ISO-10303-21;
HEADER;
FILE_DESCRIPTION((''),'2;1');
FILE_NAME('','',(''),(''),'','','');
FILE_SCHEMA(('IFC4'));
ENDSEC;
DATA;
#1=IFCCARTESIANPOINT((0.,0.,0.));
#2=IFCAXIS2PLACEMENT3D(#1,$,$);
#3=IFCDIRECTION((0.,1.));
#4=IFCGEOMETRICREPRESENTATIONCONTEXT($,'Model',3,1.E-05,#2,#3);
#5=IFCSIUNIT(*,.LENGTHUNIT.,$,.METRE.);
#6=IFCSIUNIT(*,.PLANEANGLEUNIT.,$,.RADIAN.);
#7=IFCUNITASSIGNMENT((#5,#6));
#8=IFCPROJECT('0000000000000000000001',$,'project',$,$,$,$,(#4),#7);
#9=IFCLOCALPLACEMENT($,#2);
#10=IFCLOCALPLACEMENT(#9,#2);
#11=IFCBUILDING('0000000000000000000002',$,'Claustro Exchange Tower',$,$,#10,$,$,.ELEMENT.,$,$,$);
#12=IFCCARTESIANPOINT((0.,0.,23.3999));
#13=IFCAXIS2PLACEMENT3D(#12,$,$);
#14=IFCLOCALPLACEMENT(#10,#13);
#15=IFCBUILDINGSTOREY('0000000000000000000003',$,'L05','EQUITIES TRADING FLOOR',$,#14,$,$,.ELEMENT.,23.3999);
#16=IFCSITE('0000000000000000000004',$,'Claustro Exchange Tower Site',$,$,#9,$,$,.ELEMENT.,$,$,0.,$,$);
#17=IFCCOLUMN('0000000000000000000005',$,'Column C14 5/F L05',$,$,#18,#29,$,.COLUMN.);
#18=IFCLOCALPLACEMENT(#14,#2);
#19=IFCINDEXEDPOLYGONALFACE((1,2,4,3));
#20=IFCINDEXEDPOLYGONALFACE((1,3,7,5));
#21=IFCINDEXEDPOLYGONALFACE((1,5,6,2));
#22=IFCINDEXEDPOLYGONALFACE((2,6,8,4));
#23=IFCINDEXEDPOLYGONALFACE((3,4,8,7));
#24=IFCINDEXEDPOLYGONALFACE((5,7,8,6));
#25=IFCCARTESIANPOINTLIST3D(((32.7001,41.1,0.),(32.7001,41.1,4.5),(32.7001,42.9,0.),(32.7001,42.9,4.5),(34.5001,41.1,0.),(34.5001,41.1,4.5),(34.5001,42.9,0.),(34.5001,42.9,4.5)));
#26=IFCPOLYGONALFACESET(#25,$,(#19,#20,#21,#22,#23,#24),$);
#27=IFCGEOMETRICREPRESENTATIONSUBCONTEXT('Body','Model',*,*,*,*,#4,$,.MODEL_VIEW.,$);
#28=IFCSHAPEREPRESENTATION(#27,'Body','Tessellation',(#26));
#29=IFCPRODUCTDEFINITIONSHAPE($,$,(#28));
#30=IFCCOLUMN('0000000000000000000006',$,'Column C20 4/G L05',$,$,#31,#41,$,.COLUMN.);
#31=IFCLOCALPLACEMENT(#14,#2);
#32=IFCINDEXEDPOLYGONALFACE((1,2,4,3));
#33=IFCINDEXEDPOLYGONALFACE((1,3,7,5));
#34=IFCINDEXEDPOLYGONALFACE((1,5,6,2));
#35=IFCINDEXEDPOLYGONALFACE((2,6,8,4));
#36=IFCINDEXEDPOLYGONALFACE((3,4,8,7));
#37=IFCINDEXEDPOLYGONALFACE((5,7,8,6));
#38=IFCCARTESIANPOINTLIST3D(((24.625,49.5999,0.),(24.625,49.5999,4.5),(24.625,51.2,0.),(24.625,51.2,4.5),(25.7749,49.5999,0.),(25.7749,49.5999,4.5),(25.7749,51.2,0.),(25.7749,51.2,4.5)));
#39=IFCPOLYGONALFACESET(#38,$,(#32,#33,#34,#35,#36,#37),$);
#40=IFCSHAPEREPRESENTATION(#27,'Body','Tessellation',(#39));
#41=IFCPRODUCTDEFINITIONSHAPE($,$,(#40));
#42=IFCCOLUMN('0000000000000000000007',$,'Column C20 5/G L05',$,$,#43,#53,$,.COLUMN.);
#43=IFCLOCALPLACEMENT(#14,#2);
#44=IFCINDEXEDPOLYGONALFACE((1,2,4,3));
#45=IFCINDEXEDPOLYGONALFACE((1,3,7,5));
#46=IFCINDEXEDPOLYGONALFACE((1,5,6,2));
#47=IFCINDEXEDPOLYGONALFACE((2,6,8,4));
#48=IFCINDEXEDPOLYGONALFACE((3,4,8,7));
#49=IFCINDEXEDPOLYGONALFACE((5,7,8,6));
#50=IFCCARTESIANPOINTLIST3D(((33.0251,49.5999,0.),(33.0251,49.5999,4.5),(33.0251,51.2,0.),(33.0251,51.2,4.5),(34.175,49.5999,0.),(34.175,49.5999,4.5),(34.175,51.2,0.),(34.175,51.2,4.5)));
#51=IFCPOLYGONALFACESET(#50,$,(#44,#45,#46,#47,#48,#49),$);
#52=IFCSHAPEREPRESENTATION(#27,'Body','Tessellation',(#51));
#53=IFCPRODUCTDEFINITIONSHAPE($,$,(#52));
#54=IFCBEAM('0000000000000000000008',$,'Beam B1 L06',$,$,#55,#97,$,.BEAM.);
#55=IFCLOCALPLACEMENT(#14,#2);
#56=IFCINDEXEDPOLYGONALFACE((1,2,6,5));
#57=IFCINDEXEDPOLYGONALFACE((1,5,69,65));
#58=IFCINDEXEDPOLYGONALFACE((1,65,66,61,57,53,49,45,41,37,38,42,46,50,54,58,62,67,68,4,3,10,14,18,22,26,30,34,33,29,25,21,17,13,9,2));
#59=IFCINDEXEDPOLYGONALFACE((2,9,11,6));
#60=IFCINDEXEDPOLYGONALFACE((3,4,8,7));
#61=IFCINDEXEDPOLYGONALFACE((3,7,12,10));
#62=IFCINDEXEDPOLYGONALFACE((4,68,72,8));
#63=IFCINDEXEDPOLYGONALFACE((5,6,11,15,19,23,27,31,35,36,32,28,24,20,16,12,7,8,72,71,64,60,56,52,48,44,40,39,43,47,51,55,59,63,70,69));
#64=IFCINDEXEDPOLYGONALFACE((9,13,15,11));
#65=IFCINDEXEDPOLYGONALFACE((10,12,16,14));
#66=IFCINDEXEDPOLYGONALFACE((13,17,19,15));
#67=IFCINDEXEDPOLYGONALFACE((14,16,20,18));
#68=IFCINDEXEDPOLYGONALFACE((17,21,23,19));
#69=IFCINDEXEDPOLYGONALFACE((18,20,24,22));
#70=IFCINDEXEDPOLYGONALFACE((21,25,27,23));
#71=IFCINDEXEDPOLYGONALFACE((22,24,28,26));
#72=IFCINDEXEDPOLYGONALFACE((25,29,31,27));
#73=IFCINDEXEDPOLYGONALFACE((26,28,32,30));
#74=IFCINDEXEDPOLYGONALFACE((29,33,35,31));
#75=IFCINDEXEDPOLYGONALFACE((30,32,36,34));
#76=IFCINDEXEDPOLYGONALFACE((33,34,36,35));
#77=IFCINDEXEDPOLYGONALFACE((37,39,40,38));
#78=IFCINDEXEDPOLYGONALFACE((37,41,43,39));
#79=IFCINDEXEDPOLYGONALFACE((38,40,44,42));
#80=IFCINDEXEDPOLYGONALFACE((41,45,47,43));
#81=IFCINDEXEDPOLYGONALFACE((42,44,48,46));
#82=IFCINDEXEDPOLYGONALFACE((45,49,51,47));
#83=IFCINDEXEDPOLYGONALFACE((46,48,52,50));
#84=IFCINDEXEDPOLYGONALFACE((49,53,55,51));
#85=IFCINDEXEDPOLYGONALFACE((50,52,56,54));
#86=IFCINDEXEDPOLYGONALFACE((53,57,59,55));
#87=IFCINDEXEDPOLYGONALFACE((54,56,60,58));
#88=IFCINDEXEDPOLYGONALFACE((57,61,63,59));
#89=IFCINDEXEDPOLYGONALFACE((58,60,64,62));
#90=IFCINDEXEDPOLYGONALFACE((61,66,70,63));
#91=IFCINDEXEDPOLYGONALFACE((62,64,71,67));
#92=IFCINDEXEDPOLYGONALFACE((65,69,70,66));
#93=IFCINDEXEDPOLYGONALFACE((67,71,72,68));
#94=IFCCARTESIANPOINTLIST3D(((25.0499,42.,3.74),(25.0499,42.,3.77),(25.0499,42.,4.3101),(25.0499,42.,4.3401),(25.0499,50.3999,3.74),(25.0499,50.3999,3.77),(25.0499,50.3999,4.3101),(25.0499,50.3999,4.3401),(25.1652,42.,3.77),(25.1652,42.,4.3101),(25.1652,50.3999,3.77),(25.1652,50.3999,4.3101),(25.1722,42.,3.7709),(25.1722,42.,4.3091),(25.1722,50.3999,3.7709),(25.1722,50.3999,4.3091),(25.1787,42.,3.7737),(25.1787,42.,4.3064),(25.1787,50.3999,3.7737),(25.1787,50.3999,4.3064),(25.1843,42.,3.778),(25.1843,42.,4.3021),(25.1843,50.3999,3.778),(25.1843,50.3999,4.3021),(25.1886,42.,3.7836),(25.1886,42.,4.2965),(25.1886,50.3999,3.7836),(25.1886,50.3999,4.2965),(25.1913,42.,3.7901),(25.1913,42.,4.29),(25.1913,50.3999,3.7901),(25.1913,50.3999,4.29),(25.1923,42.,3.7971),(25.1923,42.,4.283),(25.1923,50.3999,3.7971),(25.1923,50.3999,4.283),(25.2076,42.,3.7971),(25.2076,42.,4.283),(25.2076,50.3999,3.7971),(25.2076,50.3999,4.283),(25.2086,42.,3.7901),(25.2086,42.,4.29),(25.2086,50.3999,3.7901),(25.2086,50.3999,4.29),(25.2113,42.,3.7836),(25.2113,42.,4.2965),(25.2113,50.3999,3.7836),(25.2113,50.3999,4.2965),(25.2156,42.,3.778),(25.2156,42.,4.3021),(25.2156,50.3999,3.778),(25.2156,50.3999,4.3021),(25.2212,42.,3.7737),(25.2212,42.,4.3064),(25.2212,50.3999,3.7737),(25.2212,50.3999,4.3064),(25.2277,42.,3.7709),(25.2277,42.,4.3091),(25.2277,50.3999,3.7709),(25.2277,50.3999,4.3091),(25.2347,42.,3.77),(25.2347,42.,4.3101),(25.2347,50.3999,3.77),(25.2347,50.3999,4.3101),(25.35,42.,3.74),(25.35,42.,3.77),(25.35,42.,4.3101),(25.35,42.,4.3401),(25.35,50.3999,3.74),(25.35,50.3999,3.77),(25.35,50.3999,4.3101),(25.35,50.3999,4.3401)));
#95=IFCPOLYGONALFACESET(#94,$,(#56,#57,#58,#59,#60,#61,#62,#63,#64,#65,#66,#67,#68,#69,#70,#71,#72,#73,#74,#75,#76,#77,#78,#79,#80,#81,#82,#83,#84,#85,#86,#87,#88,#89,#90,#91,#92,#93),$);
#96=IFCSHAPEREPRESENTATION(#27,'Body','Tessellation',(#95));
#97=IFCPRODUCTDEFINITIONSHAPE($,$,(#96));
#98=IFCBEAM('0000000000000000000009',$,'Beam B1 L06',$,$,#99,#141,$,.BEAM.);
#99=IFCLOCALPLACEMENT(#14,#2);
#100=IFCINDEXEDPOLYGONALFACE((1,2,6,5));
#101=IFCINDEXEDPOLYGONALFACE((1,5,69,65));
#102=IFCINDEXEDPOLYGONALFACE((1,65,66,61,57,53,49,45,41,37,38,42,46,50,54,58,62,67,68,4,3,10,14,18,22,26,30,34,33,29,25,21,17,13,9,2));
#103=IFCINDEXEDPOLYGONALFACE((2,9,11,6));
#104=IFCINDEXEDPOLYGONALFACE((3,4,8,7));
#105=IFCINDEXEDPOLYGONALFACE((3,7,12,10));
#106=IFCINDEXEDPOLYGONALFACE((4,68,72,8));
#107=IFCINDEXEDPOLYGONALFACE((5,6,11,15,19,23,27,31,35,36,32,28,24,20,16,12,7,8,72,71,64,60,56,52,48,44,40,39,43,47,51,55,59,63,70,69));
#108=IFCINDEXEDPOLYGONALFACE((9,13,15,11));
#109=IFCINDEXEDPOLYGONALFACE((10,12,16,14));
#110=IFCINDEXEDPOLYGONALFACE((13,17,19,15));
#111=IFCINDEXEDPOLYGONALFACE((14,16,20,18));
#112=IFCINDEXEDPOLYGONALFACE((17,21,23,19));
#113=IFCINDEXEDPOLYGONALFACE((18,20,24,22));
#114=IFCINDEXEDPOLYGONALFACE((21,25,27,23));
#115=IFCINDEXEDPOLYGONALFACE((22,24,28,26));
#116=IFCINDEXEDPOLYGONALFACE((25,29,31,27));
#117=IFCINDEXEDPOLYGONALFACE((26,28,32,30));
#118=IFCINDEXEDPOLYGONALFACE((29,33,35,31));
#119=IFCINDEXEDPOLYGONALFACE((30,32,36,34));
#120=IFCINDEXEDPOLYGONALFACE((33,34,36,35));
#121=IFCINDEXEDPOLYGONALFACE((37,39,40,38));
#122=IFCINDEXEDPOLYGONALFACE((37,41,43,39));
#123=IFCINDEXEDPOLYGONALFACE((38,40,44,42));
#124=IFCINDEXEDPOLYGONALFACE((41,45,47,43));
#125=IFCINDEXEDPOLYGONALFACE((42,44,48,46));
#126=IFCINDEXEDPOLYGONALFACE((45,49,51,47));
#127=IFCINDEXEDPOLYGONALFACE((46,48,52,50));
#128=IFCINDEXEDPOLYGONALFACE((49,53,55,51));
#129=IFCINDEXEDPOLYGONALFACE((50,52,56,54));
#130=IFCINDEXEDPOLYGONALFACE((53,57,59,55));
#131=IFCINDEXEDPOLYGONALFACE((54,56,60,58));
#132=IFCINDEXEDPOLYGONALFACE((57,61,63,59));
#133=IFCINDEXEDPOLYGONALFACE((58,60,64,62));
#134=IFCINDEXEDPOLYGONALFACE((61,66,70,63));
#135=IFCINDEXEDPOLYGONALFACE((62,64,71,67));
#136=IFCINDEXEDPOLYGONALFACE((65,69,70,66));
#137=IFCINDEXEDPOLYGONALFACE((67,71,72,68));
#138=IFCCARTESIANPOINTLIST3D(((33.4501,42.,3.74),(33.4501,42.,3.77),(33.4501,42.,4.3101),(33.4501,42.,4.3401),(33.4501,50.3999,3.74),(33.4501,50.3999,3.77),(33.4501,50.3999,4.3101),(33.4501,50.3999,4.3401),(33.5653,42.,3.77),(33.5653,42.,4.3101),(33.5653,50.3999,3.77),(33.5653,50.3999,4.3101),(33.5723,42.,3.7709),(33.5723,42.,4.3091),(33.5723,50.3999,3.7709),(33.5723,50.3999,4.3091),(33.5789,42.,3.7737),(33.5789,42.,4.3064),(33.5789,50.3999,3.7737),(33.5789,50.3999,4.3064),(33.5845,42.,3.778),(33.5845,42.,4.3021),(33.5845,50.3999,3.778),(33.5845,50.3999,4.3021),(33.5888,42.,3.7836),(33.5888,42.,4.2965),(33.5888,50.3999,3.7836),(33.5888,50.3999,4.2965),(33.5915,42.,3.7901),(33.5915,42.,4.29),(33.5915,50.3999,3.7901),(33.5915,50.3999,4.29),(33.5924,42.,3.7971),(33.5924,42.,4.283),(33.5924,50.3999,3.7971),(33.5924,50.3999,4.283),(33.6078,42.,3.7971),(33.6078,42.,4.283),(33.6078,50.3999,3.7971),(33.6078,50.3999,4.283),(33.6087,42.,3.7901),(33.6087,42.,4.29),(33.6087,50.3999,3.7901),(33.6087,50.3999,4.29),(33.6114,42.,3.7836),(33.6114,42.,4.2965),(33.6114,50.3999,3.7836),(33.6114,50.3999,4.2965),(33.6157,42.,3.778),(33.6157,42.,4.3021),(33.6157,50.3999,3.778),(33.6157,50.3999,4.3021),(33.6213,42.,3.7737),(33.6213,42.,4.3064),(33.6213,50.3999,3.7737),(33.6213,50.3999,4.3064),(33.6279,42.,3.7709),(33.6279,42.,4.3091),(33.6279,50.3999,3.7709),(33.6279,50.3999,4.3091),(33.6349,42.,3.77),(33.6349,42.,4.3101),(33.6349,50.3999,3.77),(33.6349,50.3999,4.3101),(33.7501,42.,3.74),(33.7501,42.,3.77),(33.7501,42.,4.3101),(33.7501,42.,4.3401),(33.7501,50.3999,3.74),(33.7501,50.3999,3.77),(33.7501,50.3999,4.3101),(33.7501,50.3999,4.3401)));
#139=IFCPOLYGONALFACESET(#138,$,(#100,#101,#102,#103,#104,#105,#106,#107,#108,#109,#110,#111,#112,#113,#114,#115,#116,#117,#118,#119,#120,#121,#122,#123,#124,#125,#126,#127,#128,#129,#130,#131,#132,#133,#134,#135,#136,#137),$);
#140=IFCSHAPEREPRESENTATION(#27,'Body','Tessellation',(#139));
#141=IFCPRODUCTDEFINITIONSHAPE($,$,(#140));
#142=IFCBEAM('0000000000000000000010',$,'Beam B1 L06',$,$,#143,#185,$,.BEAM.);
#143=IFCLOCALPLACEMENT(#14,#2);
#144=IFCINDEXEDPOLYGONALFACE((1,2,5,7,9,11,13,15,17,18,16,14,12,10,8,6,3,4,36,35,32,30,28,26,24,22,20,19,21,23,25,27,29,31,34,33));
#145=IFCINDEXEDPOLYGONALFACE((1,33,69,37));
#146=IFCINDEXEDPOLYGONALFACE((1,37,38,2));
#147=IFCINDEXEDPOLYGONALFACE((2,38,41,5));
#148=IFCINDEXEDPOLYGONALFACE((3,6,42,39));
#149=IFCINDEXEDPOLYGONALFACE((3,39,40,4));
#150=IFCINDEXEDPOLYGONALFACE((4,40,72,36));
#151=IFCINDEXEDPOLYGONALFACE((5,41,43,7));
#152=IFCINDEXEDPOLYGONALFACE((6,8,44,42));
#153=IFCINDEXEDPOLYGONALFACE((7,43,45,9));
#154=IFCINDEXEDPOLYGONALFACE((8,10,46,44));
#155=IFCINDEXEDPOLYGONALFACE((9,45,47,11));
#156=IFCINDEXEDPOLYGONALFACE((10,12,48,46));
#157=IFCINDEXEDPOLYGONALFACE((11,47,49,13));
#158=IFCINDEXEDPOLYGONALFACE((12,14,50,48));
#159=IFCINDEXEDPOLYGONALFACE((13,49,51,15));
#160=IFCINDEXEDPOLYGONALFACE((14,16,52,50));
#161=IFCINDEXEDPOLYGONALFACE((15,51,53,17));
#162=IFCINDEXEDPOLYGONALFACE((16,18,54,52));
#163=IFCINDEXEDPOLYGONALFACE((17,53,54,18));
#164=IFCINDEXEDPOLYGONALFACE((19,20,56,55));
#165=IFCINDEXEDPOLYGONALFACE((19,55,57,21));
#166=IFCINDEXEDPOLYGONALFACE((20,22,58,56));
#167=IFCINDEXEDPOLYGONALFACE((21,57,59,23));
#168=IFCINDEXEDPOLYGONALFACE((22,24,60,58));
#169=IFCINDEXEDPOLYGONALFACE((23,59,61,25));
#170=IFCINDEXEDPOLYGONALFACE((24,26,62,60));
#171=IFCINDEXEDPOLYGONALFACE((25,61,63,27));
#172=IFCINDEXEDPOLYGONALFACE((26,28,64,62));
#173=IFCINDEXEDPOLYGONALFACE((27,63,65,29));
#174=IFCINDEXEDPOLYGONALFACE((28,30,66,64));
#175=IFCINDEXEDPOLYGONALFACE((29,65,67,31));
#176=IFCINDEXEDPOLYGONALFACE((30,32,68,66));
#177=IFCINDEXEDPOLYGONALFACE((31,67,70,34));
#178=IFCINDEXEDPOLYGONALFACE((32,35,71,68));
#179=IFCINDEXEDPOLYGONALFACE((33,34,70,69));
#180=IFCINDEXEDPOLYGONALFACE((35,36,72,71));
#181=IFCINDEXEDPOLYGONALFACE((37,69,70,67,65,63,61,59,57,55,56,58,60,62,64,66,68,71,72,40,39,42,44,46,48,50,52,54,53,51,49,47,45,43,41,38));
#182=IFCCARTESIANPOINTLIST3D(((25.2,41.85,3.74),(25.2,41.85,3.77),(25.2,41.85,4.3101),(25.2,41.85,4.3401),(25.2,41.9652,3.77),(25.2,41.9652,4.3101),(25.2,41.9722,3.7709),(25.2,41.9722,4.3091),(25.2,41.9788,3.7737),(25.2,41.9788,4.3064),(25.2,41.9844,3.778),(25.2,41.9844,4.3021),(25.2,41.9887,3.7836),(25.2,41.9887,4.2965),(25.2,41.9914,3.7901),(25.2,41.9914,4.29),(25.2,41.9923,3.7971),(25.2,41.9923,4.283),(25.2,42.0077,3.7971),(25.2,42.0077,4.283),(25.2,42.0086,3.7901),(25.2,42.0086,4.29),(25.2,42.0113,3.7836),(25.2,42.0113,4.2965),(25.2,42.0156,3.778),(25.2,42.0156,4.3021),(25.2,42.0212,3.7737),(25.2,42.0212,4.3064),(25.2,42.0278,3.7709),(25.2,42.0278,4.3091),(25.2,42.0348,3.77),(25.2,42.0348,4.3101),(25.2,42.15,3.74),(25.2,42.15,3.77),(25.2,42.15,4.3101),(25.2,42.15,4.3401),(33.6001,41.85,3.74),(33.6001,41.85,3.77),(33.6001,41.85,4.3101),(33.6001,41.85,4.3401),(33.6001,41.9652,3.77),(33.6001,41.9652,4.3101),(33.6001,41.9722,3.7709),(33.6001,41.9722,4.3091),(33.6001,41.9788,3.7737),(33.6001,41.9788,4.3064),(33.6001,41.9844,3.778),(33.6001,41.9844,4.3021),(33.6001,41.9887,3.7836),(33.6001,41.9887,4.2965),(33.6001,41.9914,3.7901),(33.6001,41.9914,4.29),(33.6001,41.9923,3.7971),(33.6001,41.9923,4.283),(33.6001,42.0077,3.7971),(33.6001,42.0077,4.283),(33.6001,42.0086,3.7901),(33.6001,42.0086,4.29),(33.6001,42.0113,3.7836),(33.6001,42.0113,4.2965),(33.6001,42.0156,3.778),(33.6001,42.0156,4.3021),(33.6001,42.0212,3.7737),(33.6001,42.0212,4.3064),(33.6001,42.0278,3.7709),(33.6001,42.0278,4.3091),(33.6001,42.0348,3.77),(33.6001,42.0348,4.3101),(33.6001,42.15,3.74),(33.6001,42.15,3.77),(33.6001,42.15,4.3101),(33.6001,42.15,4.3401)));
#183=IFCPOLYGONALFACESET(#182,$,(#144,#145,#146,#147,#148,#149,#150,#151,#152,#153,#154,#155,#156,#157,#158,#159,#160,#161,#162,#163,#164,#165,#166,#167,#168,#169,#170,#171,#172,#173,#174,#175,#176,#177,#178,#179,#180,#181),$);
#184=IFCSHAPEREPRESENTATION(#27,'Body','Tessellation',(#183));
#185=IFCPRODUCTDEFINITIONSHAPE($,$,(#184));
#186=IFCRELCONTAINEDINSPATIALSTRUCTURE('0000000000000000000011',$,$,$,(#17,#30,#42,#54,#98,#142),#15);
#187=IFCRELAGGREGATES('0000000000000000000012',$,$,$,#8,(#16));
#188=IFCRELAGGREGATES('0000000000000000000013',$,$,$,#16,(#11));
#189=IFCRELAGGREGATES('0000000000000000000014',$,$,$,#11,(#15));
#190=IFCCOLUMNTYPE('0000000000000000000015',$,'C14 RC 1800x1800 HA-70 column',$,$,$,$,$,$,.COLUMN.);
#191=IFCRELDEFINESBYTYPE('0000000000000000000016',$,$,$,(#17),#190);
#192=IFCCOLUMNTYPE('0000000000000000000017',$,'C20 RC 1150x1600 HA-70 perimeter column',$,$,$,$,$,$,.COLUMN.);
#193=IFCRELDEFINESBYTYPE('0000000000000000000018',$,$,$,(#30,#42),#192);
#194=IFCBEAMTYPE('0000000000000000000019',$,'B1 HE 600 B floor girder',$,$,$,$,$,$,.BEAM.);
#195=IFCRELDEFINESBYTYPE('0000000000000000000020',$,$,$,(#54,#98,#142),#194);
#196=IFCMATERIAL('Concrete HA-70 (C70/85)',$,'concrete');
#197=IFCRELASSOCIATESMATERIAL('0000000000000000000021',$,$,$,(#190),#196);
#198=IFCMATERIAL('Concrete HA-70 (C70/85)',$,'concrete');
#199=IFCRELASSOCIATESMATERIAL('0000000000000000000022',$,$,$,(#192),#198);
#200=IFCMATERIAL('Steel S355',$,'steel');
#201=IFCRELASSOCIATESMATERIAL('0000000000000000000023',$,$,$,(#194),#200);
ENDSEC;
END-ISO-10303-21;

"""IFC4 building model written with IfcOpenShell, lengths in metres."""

from ifc_helpers import new_model, si_unit, direction, frame, origin, origin_2d, place, context, subcontext, project, spatial, rectangle, i_section, extrude, material, material_profile, profile_set, type_object, element, save


model = new_model("IFC4")

# Units and contexts
model_context = context("Model", 3, precision=1e-05, world=origin(), true_north=direction((0.0, 1.0)))
body_context = subcontext(model_context, "Body", "Model", "MODEL_VIEW")
ifc_project = project(units=[si_unit("LENGTHUNIT", "METRE"), si_unit("PLANEANGLEUNIT", "RADIAN")], contexts=[model_context])

# Site, building, storey
site_placement = place(None, origin())
site = spatial("IfcSite", under=ifc_project, at=site_placement, Name="Claustro Exchange Tower Site", CompositionType="ELEMENT", RefElevation=0.0)
building_placement = place(site_placement, origin())
building = spatial("IfcBuilding", under=site, at=building_placement, Name="Claustro Exchange Tower", CompositionType="ELEMENT")
storey_placement = place(building_placement, frame((0.0, 0.0, 23.3999)))
storey = spatial("IfcBuildingStorey", under=building, at=storey_placement, Name="L05", Description="EQUITIES TRADING FLOOR", CompositionType="ELEMENT", Elevation=23.3999)

# Columns
ifc_material_1 = material(Name="Concrete HA-70 (C70/85)", Category="concrete")
ifc_material_profile_1 = material_profile(ifc_material_1, rectangle(XDim=1.8, YDim=1.8, at=origin_2d()), Name="RC 1800x1800")
ifc_profile_set_1 = profile_set([ifc_material_profile_1], Name="Concrete HA-70 (C70/85)")
column_type_1 = type_object("IfcColumnType", Name="C14 RC 1800x1800 HA-70 column", PredefinedType="COLUMN", material=ifc_profile_set_1)
column_placement = place(storey_placement, frame((33.6001, 42.0, 0.0), z_axis=(0.0, 0.0, 1.0), x_axis=(1.0, 0.0, 0.0)))
element("IfcColumn", 1, at=column_placement, inside=storey, type_object=column_type_1, Name="Column C14 5/F L05", PredefinedType="COLUMN", context=body_context, shape_type="SweptSolid", body=[
    extrude(rectangle(XDim=1.8, YDim=1.8, at=origin_2d()), origin(), (0.0, 0.0, 1.0), 4.5),
])
ifc_material_2 = material(Name="Concrete HA-70 (C70/85)", Category="concrete")
ifc_material_profile_2 = material_profile(ifc_material_2, rectangle(XDim=1.1499, YDim=1.6001, at=origin_2d()), Name="RC 1150x1600")
ifc_profile_set_2 = profile_set([ifc_material_profile_2], Name="Concrete HA-70 (C70/85)")
column_type_2 = type_object("IfcColumnType", Name="C20 RC 1150x1600 HA-70 perimeter column", PredefinedType="COLUMN", material=ifc_profile_set_2)
for number, where, z_axis, x_axis, name in (
    (2, (25.2, 50.3999, 0.0), (0.0, 0.0, 1.0), (1.0, 0.0, 0.0), "Column C20 4/G L05"),
    (3, (33.6001, 50.3999, 0.0), (0.0, 0.0, 1.0), (1.0, 0.0, 0.0), "Column C20 5/G L05"),
):
    element("IfcColumn", number, at=place(storey_placement, frame(where, z_axis=z_axis, x_axis=x_axis)), inside=storey, type_object=column_type_2, Name=name, PredefinedType="COLUMN", context=body_context, shape_type="SweptSolid", body=[
        extrude(rectangle(XDim=1.1499, YDim=1.6001, at=origin_2d()), origin(), (0.0, 0.0, 1.0), 4.5),
    ])

# Beams
ifc_material_3 = material(Name="Steel S355", Category="steel")
ifc_material_profile_3 = material_profile(ifc_material_3, i_section(OverallWidth=0.3, OverallDepth=0.6001, WebThickness=0.0154, FlangeThickness=0.03, FilletRadius=0.0271, at=origin_2d()), Name="HE 600 B")
ifc_profile_set_3 = profile_set([ifc_material_profile_3], Name="Steel S355")
beam_type_1 = type_object("IfcBeamType", Name="B1 HE 600 B floor girder", PredefinedType="BEAM", material=ifc_profile_set_3)
for number, where, z_axis, x_axis, name in (
    (4, (25.2, 42.0, 4.04), (0.0, 1.0, 0.0), (-1.0, 0.0, 0.0), "Beam B1 L06"),
    (5, (33.6001, 42.0, 4.04), (0.0, 1.0, 0.0), (-1.0, 0.0, 0.0), "Beam B1 L06"),
):
    element("IfcBeam", number, at=place(storey_placement, frame(where, z_axis=z_axis, x_axis=x_axis)), inside=storey, type_object=beam_type_1, Name=name, PredefinedType="BEAM", context=body_context, shape_type="SweptSolid", body=[
        extrude(i_section(OverallWidth=0.3, OverallDepth=0.6001, WebThickness=0.0154, FlangeThickness=0.03, FilletRadius=0.0271, at=origin_2d()), origin(), (0.0, 0.0, 1.0), 8.3999),
    ])
beam_1_placement = place(storey_placement, frame((25.2, 42.0, 4.04), z_axis=(1.0, 0.0, 0.0), x_axis=(0.0, 1.0, 0.0)))
element("IfcBeam", 6, at=beam_1_placement, inside=storey, type_object=beam_type_1, Name="Beam B1 L06", PredefinedType="BEAM", context=body_context, shape_type="SweptSolid", body=[
    extrude(i_section(OverallWidth=0.3, OverallDepth=0.6001, WebThickness=0.0154, FlangeThickness=0.03, FilletRadius=0.0271, at=origin_2d()), origin(), (0.0, 0.0, 1.0), 8.4001),
])

save(model, "model.ifc")
